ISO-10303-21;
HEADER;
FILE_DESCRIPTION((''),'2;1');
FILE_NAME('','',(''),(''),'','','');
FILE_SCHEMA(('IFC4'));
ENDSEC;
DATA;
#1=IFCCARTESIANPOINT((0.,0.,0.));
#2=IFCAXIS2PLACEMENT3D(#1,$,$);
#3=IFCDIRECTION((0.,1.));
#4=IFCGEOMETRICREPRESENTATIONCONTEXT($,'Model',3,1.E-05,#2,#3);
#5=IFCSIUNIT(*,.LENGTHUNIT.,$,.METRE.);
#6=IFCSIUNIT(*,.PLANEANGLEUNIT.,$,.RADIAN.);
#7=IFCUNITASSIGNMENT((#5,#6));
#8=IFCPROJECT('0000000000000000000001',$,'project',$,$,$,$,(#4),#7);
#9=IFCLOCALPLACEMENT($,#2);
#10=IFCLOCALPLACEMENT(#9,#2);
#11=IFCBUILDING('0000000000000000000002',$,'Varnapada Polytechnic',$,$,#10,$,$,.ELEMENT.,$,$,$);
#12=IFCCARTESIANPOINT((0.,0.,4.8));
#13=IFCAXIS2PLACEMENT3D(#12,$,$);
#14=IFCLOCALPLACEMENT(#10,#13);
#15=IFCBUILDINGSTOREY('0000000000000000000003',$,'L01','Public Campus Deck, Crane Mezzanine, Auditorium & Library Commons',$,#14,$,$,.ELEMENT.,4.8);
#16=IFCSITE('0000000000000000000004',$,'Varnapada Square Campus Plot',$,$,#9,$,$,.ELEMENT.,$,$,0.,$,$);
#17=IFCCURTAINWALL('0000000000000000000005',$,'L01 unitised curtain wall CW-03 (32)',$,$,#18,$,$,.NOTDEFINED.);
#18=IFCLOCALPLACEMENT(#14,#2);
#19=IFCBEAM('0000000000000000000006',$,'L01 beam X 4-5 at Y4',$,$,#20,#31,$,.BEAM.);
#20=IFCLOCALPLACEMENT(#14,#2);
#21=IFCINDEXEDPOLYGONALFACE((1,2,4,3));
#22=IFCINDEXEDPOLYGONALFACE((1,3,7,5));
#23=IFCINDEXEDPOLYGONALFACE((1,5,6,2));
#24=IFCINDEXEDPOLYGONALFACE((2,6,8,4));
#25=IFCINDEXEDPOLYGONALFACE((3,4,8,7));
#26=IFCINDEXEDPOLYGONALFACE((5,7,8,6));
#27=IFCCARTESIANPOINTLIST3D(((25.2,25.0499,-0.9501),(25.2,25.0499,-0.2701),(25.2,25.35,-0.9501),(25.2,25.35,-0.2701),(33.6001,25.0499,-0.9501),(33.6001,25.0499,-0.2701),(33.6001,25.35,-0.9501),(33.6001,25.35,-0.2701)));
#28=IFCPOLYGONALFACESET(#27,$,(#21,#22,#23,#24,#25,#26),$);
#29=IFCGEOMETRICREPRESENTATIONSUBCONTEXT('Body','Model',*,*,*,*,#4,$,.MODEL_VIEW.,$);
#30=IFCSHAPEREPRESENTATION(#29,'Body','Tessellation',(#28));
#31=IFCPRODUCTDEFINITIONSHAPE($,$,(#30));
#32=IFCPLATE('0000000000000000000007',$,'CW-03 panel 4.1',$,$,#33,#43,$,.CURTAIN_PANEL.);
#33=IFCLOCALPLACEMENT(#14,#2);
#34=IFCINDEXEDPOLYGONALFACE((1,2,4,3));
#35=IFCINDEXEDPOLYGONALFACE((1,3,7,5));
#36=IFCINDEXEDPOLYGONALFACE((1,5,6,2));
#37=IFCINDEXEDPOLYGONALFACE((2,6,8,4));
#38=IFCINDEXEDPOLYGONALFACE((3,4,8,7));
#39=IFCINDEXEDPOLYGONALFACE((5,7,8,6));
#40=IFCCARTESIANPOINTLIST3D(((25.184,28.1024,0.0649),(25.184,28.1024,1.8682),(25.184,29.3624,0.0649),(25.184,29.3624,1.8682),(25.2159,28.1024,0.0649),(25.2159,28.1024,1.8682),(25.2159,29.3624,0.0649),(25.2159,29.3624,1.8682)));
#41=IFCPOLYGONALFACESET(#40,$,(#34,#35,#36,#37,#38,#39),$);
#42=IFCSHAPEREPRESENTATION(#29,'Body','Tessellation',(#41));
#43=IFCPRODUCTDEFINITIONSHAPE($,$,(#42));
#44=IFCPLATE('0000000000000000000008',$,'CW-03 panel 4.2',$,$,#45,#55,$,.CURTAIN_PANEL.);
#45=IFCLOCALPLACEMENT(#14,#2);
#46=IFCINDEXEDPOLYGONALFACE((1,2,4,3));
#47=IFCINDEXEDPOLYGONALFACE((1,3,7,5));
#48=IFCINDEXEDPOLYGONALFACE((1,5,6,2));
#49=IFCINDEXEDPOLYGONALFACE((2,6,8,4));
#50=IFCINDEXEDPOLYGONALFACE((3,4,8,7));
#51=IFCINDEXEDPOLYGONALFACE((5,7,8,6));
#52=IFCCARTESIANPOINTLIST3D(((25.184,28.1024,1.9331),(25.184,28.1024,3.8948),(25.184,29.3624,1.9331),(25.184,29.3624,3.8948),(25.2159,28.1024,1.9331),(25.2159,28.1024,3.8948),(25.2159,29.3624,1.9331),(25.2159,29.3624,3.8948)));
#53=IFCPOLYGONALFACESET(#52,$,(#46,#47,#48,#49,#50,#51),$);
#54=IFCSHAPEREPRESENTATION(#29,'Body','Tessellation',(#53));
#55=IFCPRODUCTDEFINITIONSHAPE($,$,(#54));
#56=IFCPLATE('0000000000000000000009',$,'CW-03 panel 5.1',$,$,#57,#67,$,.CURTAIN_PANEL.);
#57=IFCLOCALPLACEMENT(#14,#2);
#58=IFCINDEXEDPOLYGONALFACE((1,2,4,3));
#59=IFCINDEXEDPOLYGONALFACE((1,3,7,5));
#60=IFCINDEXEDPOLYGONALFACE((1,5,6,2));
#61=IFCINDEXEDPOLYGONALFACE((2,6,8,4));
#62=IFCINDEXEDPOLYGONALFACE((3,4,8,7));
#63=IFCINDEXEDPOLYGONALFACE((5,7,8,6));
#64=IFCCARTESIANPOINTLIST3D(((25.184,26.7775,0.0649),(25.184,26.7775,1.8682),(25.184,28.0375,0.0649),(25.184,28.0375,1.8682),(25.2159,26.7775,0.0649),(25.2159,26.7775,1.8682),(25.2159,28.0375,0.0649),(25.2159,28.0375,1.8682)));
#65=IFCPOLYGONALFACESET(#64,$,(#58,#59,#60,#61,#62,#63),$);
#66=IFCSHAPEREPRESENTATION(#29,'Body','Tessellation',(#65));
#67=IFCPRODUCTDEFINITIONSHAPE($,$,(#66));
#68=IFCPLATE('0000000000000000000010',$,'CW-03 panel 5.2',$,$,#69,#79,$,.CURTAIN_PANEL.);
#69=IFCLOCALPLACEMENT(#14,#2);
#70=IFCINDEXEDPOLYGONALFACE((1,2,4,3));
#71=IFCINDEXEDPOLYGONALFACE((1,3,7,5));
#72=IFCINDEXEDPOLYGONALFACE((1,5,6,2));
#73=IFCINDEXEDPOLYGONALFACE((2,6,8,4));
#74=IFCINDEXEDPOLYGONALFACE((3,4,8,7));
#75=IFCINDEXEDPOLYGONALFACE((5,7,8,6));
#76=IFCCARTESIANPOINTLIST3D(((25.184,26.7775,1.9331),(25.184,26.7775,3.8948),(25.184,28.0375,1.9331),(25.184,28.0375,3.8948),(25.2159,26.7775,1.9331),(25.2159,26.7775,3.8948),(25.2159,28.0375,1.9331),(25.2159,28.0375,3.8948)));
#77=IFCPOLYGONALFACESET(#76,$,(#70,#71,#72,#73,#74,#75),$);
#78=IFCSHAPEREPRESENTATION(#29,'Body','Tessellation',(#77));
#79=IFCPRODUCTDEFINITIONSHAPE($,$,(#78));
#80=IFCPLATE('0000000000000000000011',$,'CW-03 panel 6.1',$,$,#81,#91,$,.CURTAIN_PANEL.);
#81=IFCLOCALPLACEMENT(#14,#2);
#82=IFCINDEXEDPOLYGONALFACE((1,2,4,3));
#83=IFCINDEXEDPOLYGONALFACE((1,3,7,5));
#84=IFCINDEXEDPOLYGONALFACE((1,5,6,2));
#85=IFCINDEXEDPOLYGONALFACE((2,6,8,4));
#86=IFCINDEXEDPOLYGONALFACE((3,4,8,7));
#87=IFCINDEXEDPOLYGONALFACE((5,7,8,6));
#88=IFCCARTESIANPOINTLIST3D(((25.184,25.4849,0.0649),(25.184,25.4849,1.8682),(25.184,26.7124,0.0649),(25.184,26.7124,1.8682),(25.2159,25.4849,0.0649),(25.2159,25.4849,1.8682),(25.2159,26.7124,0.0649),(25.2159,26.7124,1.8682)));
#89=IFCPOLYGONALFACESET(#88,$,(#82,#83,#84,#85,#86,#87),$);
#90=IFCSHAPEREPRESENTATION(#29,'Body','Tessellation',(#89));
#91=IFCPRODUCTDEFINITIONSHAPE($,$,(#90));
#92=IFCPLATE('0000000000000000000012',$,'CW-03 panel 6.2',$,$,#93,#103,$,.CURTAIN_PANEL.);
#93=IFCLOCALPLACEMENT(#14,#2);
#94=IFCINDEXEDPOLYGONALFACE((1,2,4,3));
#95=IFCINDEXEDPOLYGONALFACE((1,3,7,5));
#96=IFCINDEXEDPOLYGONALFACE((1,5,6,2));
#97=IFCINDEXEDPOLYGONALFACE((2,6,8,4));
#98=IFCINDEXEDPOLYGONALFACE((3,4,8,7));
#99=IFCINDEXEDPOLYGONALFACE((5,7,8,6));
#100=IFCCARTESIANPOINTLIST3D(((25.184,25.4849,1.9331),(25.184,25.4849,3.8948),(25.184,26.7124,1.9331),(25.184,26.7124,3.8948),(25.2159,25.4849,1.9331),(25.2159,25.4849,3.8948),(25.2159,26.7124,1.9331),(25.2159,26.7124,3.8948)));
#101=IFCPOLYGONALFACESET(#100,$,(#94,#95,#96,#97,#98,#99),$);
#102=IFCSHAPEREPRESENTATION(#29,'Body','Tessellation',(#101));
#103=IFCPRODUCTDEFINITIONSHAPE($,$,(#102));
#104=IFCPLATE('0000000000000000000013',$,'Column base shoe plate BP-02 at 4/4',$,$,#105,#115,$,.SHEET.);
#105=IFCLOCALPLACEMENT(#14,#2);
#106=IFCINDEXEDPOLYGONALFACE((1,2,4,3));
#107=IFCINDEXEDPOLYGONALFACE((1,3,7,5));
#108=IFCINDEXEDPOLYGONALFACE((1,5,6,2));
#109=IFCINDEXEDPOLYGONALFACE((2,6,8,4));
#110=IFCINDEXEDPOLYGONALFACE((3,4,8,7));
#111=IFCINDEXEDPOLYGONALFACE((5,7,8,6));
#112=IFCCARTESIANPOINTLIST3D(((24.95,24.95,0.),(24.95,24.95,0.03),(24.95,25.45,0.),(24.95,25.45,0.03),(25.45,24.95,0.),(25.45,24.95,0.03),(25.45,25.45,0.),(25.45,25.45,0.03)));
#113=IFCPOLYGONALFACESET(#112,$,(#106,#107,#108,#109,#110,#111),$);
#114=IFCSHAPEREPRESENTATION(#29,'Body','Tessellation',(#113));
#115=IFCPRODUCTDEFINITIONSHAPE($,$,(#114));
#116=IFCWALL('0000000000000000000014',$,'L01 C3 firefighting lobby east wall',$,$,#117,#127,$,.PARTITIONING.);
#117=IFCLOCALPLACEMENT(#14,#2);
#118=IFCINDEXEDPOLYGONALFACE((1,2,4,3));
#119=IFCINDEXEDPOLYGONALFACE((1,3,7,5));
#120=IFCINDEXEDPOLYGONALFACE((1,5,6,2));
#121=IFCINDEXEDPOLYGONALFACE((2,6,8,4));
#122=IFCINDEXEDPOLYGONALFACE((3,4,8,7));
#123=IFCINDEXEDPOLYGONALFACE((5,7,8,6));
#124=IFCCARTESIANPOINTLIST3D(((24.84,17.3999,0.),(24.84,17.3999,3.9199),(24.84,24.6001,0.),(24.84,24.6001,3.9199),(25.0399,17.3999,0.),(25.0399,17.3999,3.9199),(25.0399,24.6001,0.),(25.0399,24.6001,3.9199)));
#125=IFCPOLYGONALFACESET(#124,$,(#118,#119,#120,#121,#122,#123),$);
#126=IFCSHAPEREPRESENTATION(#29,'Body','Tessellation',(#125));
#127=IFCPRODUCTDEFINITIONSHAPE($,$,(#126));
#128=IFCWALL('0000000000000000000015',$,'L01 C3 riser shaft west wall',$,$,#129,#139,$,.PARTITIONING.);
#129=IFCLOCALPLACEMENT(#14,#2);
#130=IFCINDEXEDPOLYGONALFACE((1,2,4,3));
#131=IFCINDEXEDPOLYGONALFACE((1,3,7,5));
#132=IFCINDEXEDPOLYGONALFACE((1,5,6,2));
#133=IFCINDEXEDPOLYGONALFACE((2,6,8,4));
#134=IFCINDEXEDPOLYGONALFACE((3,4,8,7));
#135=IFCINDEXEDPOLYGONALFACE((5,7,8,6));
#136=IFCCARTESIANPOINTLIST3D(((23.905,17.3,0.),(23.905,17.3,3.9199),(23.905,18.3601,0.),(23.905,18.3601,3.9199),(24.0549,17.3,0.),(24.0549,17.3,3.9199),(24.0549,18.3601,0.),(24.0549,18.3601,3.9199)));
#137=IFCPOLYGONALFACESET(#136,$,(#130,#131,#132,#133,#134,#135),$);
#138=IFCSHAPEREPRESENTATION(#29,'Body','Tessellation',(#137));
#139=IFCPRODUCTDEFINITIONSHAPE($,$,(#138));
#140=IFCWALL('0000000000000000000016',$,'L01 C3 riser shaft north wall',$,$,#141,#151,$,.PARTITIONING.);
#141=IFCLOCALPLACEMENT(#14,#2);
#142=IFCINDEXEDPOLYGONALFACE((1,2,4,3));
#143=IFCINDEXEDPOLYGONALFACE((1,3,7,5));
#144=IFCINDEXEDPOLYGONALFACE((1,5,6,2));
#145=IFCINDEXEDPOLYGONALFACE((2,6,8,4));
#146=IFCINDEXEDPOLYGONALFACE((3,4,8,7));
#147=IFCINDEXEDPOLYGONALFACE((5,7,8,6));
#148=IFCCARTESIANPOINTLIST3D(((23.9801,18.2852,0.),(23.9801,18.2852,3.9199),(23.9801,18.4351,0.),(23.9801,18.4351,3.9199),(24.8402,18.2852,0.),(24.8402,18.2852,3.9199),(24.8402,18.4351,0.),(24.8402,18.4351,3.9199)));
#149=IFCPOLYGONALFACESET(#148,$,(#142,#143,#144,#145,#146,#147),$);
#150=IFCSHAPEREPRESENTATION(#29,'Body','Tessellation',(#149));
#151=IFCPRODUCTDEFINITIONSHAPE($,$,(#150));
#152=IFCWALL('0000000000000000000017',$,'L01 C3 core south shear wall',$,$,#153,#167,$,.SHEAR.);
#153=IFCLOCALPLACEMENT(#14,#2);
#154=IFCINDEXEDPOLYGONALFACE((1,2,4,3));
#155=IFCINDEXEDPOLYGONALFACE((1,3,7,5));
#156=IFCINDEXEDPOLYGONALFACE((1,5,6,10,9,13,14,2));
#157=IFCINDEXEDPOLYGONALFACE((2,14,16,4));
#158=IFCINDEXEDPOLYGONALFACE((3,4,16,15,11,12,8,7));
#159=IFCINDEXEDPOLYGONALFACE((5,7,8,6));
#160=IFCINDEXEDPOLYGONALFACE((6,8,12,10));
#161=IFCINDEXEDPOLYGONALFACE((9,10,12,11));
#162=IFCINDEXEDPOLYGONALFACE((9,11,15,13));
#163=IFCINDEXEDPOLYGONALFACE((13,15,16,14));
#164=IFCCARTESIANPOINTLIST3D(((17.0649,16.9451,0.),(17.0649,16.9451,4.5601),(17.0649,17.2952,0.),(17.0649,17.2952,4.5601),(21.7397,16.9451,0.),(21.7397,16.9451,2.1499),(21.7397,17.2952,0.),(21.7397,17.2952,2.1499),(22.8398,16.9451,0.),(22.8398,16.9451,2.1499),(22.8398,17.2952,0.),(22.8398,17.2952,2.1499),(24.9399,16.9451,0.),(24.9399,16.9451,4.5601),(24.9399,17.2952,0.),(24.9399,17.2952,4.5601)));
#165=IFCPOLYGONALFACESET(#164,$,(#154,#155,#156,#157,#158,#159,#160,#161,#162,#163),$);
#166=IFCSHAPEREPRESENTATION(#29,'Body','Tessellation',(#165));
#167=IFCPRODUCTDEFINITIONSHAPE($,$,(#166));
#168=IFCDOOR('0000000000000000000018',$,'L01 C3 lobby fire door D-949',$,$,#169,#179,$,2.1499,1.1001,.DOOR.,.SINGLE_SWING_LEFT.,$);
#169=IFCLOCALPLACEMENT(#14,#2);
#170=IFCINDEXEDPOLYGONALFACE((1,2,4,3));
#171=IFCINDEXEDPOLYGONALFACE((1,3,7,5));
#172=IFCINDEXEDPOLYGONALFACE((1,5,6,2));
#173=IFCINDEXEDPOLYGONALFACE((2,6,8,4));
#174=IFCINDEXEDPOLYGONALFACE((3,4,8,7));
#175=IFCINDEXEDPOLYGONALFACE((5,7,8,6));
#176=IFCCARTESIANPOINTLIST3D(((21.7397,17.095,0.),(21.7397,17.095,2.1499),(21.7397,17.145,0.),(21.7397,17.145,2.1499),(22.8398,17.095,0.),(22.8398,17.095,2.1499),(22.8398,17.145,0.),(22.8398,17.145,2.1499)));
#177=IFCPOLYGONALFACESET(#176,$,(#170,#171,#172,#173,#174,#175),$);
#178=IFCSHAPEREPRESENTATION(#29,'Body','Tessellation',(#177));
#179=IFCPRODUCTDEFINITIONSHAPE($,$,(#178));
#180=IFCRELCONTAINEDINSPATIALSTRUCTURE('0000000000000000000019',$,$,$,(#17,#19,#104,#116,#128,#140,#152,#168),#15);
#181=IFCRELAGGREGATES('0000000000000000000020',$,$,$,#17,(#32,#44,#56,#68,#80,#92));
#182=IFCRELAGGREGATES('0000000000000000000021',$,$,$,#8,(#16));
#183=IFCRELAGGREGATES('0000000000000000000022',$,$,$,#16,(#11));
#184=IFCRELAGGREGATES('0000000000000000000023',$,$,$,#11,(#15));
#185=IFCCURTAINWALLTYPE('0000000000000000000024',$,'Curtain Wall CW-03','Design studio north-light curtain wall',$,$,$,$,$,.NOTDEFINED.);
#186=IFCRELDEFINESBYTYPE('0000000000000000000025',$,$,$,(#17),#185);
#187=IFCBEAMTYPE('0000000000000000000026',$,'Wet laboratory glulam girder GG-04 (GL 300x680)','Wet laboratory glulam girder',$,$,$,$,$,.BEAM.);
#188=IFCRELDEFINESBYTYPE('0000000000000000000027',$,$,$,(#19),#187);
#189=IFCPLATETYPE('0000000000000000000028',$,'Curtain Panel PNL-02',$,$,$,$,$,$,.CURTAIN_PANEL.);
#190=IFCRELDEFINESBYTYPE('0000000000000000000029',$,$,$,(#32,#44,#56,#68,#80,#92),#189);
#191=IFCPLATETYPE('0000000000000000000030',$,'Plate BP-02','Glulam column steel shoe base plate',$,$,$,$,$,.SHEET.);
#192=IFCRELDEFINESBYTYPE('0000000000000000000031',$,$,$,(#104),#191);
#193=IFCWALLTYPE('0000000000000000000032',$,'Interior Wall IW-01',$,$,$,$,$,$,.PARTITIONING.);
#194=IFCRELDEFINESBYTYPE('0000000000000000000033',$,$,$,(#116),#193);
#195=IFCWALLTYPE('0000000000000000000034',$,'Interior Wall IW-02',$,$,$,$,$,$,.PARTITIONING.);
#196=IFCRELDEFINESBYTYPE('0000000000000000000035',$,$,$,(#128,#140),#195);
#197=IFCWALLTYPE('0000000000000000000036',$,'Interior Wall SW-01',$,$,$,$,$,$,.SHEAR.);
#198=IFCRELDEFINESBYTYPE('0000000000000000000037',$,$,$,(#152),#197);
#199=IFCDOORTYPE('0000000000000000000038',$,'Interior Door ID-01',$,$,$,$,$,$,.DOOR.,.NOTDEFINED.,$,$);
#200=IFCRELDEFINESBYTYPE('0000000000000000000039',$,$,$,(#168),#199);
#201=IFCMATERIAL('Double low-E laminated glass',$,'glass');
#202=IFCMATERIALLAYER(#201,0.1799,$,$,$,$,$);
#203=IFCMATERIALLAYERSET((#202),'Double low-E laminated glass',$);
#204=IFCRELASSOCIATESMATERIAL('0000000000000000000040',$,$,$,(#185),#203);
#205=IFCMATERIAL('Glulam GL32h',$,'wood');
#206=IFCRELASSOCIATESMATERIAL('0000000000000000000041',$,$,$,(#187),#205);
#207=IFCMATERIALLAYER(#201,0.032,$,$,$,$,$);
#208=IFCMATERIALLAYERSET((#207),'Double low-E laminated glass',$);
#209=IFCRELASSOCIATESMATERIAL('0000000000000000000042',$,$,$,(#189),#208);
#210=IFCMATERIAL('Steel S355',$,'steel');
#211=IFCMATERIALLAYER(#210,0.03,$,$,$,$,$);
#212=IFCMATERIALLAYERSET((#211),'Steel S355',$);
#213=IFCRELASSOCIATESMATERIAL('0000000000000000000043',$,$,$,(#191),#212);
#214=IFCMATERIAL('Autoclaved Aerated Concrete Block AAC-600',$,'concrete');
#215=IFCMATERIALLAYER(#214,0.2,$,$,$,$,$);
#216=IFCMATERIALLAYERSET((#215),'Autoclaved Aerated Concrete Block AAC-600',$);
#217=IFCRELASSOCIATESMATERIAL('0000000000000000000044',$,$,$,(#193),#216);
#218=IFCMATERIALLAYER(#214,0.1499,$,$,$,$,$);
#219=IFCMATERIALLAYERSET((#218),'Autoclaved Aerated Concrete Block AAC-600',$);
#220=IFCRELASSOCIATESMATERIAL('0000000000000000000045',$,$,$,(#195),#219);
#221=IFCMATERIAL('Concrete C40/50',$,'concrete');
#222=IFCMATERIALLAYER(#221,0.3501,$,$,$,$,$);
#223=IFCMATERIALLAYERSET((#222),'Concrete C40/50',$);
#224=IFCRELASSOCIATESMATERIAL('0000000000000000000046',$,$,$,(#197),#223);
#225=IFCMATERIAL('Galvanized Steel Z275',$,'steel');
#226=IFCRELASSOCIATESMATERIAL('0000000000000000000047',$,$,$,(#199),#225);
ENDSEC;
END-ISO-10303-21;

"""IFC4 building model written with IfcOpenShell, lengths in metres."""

from ifc_helpers import new_model, si_unit, direction, frame, frame_2d, origin, origin_2d, place, context, subcontext, project, spatial, rectangle, extrude, material, layer, layer_set, material_profile, profile_set, type_object, element, fill, aggregate, save


model = new_model("IFC4")

# Units and contexts
model_context = context("Model", 3, precision=1e-05, world=origin(), true_north=direction((0.0, 1.0)))
body_context = subcontext(model_context, "Body", "Model", "MODEL_VIEW")
ifc_project = project(units=[si_unit("LENGTHUNIT", "METRE"), si_unit("PLANEANGLEUNIT", "RADIAN")], contexts=[model_context])

# Site, building, storey
site_placement = place(None, origin())
site = spatial("IfcSite", under=ifc_project, at=site_placement, Name="Varnapada Square Campus Plot", CompositionType="ELEMENT", RefElevation=0.0)
building_placement = place(site_placement, origin())
building = spatial("IfcBuilding", under=site, at=building_placement, Name="Varnapada Polytechnic", CompositionType="ELEMENT")
storey_placement = place(building_placement, frame((0.0, 0.0, 4.8)))
storey = spatial("IfcBuildingStorey", under=building, at=storey_placement, Name="L01", Description="Public Campus Deck, Crane Mezzanine, Auditorium & Library Commons", CompositionType="ELEMENT", Elevation=4.8)

# Shared definitions
ifc_material_1 = material(Name="Glulam GL32h", Category="wood")

# Curtain wall
ifc_material_2 = material(Name="Double low-E laminated glass", Category="glass")
ifc_layer_1 = layer(ifc_material_2, 0.1799)
ifc_layer_set_1 = layer_set([ifc_layer_1], Name="Double low-E laminated glass")
curtain_wall_type = type_object("IfcCurtainWallType", Name="Curtain Wall CW-03", Description="Design studio north-light curtain wall", PredefinedType="NOTDEFINED", material=ifc_layer_set_1)
curtain_wall_placement = place(storey_placement, origin())
curtain_wall = element("IfcCurtainWall", 1, at=curtain_wall_placement, inside=storey, type_object=curtain_wall_type, Name="L01 unitised curtain wall CW-03 (32)", PredefinedType="NOTDEFINED")

# Beam
ifc_material_profile_1 = material_profile(ifc_material_1, rectangle(XDim=0.3, YDim=0.6799, at=origin_2d()), Name="GL 300x680")
ifc_profile_set_1 = profile_set([ifc_material_profile_1], Name="Glulam GL32h")
beam_type_1 = type_object("IfcBeamType", Name="Wet laboratory glulam girder GG-04 (GL 300x680)", Description="Wet laboratory glulam girder", PredefinedType="BEAM", material=ifc_profile_set_1)
beam_1_placement = place(storey_placement, frame((25.2, 25.2, -0.6101), z_axis=(1.0, 0.0, 0.0), x_axis=(0.0, 1.0, 0.0)))
element("IfcBeam", 2, at=beam_1_placement, inside=storey, type_object=beam_type_1, Name="L01 beam X 4-5 at Y4", PredefinedType="BEAM", context=body_context, shape_type="SweptSolid", body=[
    extrude(rectangle(XDim=0.3, YDim=0.6799, at=origin_2d()), origin(), (0.0, 0.0, 1.0), 8.4001),
])

# Plates
ifc_layer_2 = layer(ifc_material_2, 0.032)
ifc_layer_set_2 = layer_set([ifc_layer_2], Name="Double low-E laminated glass")
plate_type_1 = type_object("IfcPlateType", Name="Curtain Panel PNL-02", PredefinedType="CURTAIN_PANEL", material=ifc_layer_set_2)
plate_1_placement = place(storey_placement, frame((25.2, 28.7324, 0.0649), z_axis=(0.0, 0.0, 1.0), x_axis=(0.0, -1.0, 0.0)))
plate_1 = element("IfcPlate", 3, at=plate_1_placement, type_object=plate_type_1, Name="CW-03 panel 4.1", PredefinedType="CURTAIN_PANEL", context=body_context, shape_type="SweptSolid", body=[
    extrude(rectangle(XDim=1.26, YDim=0.032, at=origin_2d()), origin(), (0.0, 0.0, 1.0), 1.8032),
])
plate_2_placement = place(storey_placement, frame((25.2, 28.7324, 1.9331), z_axis=(0.0, 0.0, 1.0), x_axis=(0.0, -1.0, 0.0)))
plate_2 = element("IfcPlate", 4, at=plate_2_placement, type_object=plate_type_1, Name="CW-03 panel 4.2", PredefinedType="CURTAIN_PANEL", context=body_context, shape_type="SweptSolid", body=[
    extrude(rectangle(XDim=1.26, YDim=0.032, at=origin_2d()), origin(), (0.0, 0.0, 1.0), 1.9617),
])
plate_3_placement = place(storey_placement, frame((25.2, 27.4075, 0.0649), z_axis=(0.0, 0.0, 1.0), x_axis=(0.0, -1.0, 0.0)))
plate_3 = element("IfcPlate", 5, at=plate_3_placement, type_object=plate_type_1, Name="CW-03 panel 5.1", PredefinedType="CURTAIN_PANEL", context=body_context, shape_type="SweptSolid", body=[
    extrude(rectangle(XDim=1.26, YDim=0.032, at=origin_2d()), origin(), (0.0, 0.0, 1.0), 1.8032),
])
plate_4_placement = place(storey_placement, frame((25.2, 27.4075, 1.9331), z_axis=(0.0, 0.0, 1.0), x_axis=(0.0, -1.0, 0.0)))
plate_4 = element("IfcPlate", 6, at=plate_4_placement, type_object=plate_type_1, Name="CW-03 panel 5.2", PredefinedType="CURTAIN_PANEL", context=body_context, shape_type="SweptSolid", body=[
    extrude(rectangle(XDim=1.26, YDim=0.032, at=origin_2d()), origin(), (0.0, 0.0, 1.0), 1.9617),
])
plate_5_placement = place(storey_placement, frame((25.2, 26.0986, 0.0649), z_axis=(0.0, 0.0, 1.0), x_axis=(0.0, -1.0, 0.0)))
plate_5 = element("IfcPlate", 7, at=plate_5_placement, type_object=plate_type_1, Name="CW-03 panel 6.1", PredefinedType="CURTAIN_PANEL", context=body_context, shape_type="SweptSolid", body=[
    extrude(rectangle(XDim=1.2275, YDim=0.032, at=origin_2d()), origin(), (0.0, 0.0, 1.0), 1.8032),
])
plate_6_placement = place(storey_placement, frame((25.2, 26.0986, 1.9331), z_axis=(0.0, 0.0, 1.0), x_axis=(0.0, -1.0, 0.0)))
plate_6 = element("IfcPlate", 8, at=plate_6_placement, type_object=plate_type_1, Name="CW-03 panel 6.2", PredefinedType="CURTAIN_PANEL", context=body_context, shape_type="SweptSolid", body=[
    extrude(rectangle(XDim=1.2275, YDim=0.032, at=origin_2d()), origin(), (0.0, 0.0, 1.0), 1.9617),
])
aggregate(curtain_wall, [plate_1, plate_2, plate_3, plate_4, plate_5, plate_6])
ifc_material_3 = material(Name="Steel S355", Category="steel")
ifc_layer_3 = layer(ifc_material_3, 0.03)
ifc_layer_set_3 = layer_set([ifc_layer_3], Name="Steel S355")
plate_type_2 = type_object("IfcPlateType", Name="Plate BP-02", Description="Glulam column steel shoe base plate", PredefinedType="SHEET", material=ifc_layer_set_3)
plate_7_placement = place(storey_placement, frame((25.2, 25.2, 0.0), z_axis=(0.0, 0.0, 1.0), x_axis=(1.0, 0.0, 0.0)))
element("IfcPlate", 9, at=plate_7_placement, inside=storey, type_object=plate_type_2, Name="Column base shoe plate BP-02 at 4/4", PredefinedType="SHEET", context=body_context, shape_type="SweptSolid", body=[
    extrude(rectangle(XDim=0.5, YDim=0.5, at=origin_2d()), origin(), (0.0, 0.0, 1.0), 0.03),
])

# Walls
ifc_material_4 = material(Name="Autoclaved Aerated Concrete Block AAC-600", Category="concrete")
ifc_layer_4 = layer(ifc_material_4, 0.2)
ifc_layer_set_4 = layer_set([ifc_layer_4], Name="Autoclaved Aerated Concrete Block AAC-600")
wall_type_1 = type_object("IfcWallType", Name="Interior Wall IW-01", PredefinedType="PARTITIONING", material=ifc_layer_set_4)
wall_1_placement = place(storey_placement, frame((24.9399, 24.6001, 0.0), z_axis=(0.0, 0.0, 1.0), x_axis=(0.0, -1.0, 0.0)))
element("IfcWall", 10, at=wall_1_placement, inside=storey, type_object=wall_type_1, Name="L01 C3 firefighting lobby east wall", PredefinedType="PARTITIONING", context=body_context, shape_type="SweptSolid", body=[
    extrude(rectangle(XDim=7.2002, YDim=0.2, at=frame_2d((3.6001, 0.0))), origin(), (0.0, 0.0, 1.0), 3.9199),
])
ifc_layer_5 = layer(ifc_material_4, 0.1499)
ifc_layer_set_5 = layer_set([ifc_layer_5], Name="Autoclaved Aerated Concrete Block AAC-600")
wall_type_2 = type_object("IfcWallType", Name="Interior Wall IW-02", PredefinedType="PARTITIONING", material=ifc_layer_set_5)
wall_2_placement = place(storey_placement, frame((23.98, 18.3601, 0.0), z_axis=(0.0, 0.0, 1.0), x_axis=(0.0, -1.0, 0.0)))
element("IfcWall", 11, at=wall_2_placement, inside=storey, type_object=wall_type_2, Name="L01 C3 riser shaft west wall", PredefinedType="PARTITIONING", context=body_context, shape_type="SweptSolid", body=[
    extrude(rectangle(XDim=1.0601, YDim=0.1499, at=frame_2d((0.53, 0.0))), origin(), (0.0, 0.0, 1.0), 3.9199),
])
wall_3_placement = place(storey_placement, frame((23.98, 18.3601, 0.0), z_axis=(0.0, 0.0, 1.0), x_axis=(1.0, 0.0, 0.0)))
element("IfcWall", 12, at=wall_3_placement, inside=storey, type_object=wall_type_2, Name="L01 C3 riser shaft north wall", PredefinedType="PARTITIONING", context=body_context, shape_type="SweptSolid", body=[
    extrude(rectangle(XDim=0.8601, YDim=0.1499, at=frame_2d((0.4302, 0.0))), origin(), (0.0, 0.0, 1.0), 3.9199),
])

# Wall, opening, door
ifc_material_5 = material(Name="Concrete C40/50", Category="concrete")
ifc_layer_6 = layer(ifc_material_5, 0.3501)
ifc_layer_set_6 = layer_set([ifc_layer_6], Name="Concrete C40/50")
wall_type_3 = type_object("IfcWallType", Name="Interior Wall SW-01", PredefinedType="SHEAR", material=ifc_layer_set_6)
wall_4_placement = place(storey_placement, frame((24.9399, 17.1201, 0.0), z_axis=(0.0, 0.0, 1.0), x_axis=(-1.0, 0.0, 0.0)))
wall_4 = element("IfcWall", 13, at=wall_4_placement, inside=storey, type_object=wall_type_3, Name="L01 C3 core south shear wall", PredefinedType="SHEAR", context=body_context, shape_type="SweptSolid", body=[
    extrude(rectangle(XDim=7.875, YDim=0.3501, at=frame_2d((3.9375, 0.0))), origin(), (0.0, 0.0, 1.0), 4.5601),
])
opening_placement = place(wall_4_placement, frame((2.1001, 0.0, 0.0)))
opening = element("IfcOpeningElement", 14, at=opening_placement, cuts=wall_4, PredefinedType="OPENING", context=body_context, shape_type="SweptSolid", body=[
    extrude(rectangle(XDim=1.1001, YDim=2.1499, at=frame_2d((0.55, 1.075))), frame((0.0, 0.1851, 0.0), z_axis=(0.0, -1.0, 0.0), x_axis=(1.0, 0.0, 0.0)), (0.0, 0.0, 1.0), 0.3701),
])
ifc_material_6 = material(Name="Galvanized Steel Z275", Category="steel")
door_type = type_object("IfcDoorType", Name="Interior Door ID-01", OperationType="NOTDEFINED", PredefinedType="DOOR", material=ifc_material_6)
door_placement = place(opening_placement, frame((1.1001, 0.0, 0.0), z_axis=(0.0, 0.0, 1.0), x_axis=(-1.0, 0.0, 0.0)))
door = element("IfcDoor", 15, at=door_placement, inside=storey, type_object=door_type, Name="L01 C3 lobby fire door D-949", OperationType="SINGLE_SWING_LEFT", OverallHeight=2.1499, OverallWidth=1.1001, PredefinedType="DOOR", context=body_context, shape_type="SweptSolid", body=[
    extrude(rectangle(XDim=1.1001, YDim=2.1499, at=frame_2d((0.55, 1.075))), frame((0.0, 0.0249, 0.0), z_axis=(0.0, -1.0, 0.0), x_axis=(1.0, 0.0, 0.0)), (0.0, 0.0, 1.0), 0.05),
])
fill(opening, door)

save(model, "model.ifc")
